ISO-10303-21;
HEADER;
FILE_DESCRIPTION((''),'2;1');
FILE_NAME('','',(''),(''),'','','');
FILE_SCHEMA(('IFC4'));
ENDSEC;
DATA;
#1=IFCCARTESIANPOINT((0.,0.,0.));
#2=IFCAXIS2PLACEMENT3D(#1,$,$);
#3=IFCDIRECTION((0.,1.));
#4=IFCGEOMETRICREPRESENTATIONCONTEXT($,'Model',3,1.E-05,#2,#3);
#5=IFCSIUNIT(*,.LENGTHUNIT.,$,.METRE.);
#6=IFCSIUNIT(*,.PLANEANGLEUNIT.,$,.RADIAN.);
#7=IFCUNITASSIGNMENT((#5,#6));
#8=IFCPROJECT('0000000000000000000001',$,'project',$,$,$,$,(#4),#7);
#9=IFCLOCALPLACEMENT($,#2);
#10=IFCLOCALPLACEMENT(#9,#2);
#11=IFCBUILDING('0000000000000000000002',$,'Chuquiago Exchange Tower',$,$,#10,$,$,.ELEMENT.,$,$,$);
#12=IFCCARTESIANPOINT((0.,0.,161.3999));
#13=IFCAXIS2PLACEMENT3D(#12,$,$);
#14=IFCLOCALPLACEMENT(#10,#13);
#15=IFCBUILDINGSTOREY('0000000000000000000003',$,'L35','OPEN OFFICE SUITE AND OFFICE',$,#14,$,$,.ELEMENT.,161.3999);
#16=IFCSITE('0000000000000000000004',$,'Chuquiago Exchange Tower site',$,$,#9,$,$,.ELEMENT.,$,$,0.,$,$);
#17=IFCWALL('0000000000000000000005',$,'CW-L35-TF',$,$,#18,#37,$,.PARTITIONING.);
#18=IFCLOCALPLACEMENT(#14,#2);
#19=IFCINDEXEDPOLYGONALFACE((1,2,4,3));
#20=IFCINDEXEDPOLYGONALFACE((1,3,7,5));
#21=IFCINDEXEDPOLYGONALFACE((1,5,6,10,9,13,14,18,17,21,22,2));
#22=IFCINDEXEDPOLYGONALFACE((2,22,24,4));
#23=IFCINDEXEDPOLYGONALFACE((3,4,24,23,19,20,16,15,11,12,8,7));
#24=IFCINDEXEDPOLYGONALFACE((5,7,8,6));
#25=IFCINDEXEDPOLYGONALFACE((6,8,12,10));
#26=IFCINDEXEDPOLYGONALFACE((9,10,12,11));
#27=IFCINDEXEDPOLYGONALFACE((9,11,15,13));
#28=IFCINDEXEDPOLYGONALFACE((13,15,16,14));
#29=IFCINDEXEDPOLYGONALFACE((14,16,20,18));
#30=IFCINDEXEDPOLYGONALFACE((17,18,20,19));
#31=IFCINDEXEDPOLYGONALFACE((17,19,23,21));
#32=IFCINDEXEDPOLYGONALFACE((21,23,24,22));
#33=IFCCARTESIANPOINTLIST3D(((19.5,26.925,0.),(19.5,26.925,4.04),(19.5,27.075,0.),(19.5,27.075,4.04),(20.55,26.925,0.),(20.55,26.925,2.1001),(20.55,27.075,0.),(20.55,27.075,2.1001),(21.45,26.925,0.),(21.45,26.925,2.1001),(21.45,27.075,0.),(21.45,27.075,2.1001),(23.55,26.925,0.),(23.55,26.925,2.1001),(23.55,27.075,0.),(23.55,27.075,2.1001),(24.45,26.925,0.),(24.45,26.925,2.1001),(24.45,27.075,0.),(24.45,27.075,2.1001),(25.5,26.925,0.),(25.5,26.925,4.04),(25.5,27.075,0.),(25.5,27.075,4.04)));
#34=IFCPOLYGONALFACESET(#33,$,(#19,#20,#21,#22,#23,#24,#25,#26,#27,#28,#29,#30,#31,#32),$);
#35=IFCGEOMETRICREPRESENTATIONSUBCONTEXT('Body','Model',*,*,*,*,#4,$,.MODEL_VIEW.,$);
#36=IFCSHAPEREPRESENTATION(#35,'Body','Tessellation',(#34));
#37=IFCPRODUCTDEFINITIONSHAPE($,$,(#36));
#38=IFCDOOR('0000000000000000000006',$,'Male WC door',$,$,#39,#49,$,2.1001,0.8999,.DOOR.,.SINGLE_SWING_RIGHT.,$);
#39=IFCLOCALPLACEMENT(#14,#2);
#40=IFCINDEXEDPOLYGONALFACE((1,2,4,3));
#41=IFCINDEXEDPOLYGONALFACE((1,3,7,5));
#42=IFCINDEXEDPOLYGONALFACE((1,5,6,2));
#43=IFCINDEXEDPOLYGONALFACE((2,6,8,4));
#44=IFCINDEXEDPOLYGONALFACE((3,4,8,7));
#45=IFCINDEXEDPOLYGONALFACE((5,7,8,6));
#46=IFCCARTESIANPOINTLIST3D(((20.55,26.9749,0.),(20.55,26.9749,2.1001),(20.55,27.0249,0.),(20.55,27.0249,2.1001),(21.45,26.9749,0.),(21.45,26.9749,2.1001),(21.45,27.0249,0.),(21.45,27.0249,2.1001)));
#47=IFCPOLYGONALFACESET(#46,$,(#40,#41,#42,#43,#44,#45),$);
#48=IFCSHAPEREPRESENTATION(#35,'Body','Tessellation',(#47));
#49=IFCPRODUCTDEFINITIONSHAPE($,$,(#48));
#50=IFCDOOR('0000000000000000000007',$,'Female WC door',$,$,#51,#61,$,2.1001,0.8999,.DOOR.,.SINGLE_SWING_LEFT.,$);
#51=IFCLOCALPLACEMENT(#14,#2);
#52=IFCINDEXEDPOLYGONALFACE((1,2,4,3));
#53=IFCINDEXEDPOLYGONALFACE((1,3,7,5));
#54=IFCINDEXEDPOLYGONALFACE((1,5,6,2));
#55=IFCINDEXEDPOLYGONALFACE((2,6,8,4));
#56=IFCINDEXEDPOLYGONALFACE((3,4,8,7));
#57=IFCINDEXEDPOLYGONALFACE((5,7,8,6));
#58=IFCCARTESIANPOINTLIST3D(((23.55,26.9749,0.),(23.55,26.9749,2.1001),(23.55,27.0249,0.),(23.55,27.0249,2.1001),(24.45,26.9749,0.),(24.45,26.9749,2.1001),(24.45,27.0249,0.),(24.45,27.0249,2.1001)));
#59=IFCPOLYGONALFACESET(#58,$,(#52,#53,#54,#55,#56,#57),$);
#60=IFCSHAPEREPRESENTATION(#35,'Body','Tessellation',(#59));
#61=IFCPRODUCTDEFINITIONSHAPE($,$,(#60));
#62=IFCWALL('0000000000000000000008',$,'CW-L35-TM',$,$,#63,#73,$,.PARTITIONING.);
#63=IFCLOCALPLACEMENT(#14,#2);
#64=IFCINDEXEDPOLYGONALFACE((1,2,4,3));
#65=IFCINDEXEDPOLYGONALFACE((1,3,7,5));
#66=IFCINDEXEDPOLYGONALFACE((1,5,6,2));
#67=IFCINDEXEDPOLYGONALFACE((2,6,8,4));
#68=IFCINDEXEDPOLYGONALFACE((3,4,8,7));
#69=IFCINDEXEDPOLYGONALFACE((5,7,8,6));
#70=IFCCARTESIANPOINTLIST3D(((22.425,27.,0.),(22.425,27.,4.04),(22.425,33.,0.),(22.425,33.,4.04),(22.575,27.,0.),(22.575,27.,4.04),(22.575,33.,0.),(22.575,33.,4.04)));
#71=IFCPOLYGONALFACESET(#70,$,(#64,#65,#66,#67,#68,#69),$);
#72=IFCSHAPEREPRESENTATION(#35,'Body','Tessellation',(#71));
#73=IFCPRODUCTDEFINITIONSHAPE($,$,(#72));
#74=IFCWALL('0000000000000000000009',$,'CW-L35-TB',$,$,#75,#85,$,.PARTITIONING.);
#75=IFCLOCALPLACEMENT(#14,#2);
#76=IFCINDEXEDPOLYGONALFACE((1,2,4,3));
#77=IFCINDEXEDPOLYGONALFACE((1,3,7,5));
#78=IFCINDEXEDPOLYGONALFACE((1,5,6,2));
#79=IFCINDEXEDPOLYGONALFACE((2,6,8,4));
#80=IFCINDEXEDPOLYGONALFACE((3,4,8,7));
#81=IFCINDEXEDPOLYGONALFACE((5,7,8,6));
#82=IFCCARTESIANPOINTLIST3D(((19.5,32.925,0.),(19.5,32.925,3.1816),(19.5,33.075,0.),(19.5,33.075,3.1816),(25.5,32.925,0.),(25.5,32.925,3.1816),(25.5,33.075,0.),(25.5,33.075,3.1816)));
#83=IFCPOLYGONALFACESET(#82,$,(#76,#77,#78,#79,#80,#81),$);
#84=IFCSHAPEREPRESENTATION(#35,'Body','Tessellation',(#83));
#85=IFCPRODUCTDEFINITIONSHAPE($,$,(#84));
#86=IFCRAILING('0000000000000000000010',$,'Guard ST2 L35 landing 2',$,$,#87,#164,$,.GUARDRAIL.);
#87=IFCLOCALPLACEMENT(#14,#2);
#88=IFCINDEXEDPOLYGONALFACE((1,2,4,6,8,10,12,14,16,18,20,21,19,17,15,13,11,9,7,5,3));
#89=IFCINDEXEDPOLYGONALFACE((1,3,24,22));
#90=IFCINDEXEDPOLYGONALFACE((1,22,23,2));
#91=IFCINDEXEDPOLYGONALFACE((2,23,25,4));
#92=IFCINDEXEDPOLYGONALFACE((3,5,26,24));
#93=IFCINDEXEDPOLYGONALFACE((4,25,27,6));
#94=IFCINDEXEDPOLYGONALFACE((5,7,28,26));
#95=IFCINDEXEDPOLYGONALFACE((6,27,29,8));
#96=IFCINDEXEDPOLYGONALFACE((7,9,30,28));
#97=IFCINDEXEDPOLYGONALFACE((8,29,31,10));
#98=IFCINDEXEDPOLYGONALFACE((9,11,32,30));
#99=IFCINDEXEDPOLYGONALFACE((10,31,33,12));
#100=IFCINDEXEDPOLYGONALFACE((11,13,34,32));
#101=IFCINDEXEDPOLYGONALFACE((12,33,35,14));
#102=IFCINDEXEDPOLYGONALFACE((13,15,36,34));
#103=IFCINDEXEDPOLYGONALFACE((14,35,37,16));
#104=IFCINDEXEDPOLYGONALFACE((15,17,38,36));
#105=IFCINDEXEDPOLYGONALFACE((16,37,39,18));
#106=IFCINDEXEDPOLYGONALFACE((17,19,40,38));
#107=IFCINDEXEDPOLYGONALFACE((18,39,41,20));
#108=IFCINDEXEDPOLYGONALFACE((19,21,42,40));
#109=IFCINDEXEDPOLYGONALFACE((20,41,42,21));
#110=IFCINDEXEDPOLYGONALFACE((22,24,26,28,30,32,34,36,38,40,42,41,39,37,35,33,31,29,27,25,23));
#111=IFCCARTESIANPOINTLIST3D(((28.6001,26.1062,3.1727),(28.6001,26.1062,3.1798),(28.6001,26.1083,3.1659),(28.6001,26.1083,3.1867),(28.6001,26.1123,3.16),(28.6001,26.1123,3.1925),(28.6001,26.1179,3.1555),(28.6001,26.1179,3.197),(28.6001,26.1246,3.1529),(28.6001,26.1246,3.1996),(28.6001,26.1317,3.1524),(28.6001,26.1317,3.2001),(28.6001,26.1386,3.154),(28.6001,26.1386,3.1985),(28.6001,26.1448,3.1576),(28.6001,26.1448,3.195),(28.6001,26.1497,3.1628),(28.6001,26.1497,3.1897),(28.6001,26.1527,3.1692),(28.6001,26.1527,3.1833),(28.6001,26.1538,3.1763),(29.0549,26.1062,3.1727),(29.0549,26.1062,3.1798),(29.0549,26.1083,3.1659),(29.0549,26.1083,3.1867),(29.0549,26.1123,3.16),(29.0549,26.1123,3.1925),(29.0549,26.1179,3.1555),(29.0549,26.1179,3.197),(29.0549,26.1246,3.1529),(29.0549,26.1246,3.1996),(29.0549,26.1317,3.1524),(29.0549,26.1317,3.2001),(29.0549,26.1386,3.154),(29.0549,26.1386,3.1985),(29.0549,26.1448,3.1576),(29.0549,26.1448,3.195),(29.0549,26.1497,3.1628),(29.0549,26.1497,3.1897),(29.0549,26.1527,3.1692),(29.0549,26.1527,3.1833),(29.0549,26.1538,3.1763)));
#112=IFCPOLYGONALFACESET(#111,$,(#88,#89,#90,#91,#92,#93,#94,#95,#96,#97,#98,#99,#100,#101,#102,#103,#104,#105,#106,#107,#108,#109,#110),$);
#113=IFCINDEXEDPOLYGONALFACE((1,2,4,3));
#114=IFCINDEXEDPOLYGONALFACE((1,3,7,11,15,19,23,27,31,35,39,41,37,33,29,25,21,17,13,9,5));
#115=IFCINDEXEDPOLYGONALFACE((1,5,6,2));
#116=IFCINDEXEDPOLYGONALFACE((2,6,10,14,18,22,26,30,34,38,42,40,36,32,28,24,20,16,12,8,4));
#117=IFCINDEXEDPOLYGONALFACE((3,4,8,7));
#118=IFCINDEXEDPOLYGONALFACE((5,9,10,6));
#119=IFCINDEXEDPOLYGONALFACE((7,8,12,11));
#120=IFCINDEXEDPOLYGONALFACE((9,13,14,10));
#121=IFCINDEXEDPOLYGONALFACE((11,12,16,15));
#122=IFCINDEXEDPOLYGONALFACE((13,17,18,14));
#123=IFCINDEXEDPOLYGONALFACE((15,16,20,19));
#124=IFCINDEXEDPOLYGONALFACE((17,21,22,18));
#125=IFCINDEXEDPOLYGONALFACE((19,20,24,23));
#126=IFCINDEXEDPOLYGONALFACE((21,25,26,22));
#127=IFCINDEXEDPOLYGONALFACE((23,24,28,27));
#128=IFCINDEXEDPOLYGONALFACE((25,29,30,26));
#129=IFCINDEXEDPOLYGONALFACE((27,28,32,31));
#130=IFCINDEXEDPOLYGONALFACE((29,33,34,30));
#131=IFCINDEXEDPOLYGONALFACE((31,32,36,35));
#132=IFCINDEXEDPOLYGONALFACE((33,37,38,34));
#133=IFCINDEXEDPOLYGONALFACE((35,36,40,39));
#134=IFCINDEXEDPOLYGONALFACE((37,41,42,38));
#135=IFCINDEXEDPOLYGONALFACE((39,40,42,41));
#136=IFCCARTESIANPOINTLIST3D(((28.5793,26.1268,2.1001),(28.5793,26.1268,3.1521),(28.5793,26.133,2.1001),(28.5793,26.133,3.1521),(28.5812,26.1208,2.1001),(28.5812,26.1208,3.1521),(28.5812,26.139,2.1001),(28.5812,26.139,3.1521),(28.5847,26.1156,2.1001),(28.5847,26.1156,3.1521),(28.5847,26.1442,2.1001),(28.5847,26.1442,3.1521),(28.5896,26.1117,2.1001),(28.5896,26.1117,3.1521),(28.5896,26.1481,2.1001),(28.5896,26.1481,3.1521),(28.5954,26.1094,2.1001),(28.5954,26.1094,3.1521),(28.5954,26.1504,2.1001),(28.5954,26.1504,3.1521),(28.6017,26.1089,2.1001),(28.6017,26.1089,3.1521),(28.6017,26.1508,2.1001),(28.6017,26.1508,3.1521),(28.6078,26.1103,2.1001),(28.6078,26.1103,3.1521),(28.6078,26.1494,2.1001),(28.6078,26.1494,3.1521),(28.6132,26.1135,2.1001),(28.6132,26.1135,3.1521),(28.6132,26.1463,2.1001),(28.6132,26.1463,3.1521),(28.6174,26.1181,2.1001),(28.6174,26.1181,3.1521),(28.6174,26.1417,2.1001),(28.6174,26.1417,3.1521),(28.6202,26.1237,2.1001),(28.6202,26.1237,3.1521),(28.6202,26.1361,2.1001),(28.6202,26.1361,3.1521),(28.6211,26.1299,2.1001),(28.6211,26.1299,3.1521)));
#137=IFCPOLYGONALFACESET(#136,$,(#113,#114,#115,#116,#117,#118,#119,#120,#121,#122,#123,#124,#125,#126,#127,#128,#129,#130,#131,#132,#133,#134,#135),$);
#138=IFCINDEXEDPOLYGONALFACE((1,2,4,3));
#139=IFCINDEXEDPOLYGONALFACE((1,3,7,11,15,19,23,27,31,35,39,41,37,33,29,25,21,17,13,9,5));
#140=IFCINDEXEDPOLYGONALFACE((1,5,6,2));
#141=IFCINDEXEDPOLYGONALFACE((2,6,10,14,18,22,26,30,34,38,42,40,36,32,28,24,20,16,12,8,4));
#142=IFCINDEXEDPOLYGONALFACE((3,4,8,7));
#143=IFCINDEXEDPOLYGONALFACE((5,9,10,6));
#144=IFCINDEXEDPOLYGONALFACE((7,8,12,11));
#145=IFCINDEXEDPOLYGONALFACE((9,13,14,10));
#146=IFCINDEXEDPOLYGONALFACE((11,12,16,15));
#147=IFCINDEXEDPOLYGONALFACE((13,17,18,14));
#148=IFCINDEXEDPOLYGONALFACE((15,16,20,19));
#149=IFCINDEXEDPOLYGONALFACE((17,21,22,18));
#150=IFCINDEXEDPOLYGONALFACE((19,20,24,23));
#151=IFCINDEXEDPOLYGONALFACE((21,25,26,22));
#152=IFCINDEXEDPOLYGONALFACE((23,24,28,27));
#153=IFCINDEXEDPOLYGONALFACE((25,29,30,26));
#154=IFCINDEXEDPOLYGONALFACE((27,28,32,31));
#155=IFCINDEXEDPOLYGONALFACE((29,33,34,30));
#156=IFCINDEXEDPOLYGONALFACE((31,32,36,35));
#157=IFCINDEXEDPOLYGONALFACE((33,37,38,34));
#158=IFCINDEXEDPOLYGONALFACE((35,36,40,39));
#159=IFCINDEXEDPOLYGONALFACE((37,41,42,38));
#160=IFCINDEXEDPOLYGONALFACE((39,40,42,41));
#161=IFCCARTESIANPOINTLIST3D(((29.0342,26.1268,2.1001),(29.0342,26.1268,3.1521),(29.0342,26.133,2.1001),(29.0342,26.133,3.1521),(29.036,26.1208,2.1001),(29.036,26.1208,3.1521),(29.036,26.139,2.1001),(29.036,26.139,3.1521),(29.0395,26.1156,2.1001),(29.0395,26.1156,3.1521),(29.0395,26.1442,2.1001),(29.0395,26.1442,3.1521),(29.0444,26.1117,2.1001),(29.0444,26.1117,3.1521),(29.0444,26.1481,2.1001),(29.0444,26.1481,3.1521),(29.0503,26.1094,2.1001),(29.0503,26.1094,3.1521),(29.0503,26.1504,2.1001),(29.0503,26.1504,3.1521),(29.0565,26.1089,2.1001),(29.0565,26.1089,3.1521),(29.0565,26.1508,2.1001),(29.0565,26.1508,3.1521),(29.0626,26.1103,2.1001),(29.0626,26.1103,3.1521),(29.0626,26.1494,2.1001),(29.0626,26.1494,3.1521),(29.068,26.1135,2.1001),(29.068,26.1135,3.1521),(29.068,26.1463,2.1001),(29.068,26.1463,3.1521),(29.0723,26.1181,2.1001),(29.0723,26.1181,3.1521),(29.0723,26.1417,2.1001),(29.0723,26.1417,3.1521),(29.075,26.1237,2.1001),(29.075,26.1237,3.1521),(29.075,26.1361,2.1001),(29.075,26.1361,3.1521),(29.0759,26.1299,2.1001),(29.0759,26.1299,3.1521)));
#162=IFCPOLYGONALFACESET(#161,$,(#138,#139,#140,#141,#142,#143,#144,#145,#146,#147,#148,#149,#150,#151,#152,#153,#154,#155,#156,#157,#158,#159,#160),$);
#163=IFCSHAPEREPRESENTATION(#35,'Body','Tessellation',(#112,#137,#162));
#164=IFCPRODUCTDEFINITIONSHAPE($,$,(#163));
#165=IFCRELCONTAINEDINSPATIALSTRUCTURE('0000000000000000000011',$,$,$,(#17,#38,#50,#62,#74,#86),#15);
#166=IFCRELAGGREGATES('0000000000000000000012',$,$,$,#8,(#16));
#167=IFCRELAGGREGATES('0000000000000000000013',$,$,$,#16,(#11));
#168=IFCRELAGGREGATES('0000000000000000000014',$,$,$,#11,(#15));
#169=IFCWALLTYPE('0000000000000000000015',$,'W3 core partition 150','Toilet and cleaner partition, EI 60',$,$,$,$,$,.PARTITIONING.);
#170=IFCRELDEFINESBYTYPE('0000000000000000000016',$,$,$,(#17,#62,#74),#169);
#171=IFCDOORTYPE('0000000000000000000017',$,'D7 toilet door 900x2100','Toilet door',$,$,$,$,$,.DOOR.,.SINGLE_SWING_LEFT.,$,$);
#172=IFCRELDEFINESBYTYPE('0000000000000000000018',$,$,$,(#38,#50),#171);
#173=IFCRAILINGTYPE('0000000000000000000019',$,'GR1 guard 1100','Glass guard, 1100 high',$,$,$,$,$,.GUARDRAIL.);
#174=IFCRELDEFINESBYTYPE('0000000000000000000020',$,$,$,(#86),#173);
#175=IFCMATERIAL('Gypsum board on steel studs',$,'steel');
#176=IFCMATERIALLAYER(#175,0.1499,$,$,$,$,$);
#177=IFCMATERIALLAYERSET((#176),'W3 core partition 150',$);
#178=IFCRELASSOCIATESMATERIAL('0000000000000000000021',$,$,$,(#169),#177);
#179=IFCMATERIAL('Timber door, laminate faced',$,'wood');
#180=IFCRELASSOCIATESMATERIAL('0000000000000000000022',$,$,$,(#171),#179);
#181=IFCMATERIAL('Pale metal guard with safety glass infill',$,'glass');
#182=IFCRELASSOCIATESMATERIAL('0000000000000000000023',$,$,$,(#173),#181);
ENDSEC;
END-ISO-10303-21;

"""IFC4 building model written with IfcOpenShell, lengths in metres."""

from ifc_helpers import new_model, si_unit, direction, frame, frame_2d, origin, origin_2d, place, context, subcontext, project, spatial, rectangle, circle, extrude, material, layer, layer_set, type_object, element, fill, save


model = new_model("IFC4")

# Units and contexts
model_context = context("Model", 3, precision=1e-05, world=origin(), true_north=direction((0.0, 1.0)))
body_context = subcontext(model_context, "Body", "Model", "MODEL_VIEW")
ifc_project = project(units=[si_unit("LENGTHUNIT", "METRE"), si_unit("PLANEANGLEUNIT", "RADIAN")], contexts=[model_context])

# Site, building, storey
site_placement = place(None, origin())
site = spatial("IfcSite", under=ifc_project, at=site_placement, Name="Chuquiago Exchange Tower site", CompositionType="ELEMENT", RefElevation=0.0)
building_placement = place(site_placement, origin())
building = spatial("IfcBuilding", under=site, at=building_placement, Name="Chuquiago Exchange Tower", CompositionType="ELEMENT")
storey_placement = place(building_placement, frame((0.0, 0.0, 161.3999)))
storey = spatial("IfcBuildingStorey", under=building, at=storey_placement, Name="L35", Description="OPEN OFFICE SUITE AND OFFICE", CompositionType="ELEMENT", Elevation=161.3999)

# Wall, openings, doors
ifc_material_1 = material(Name="Gypsum board on steel studs", Category="steel")
ifc_layer_1 = layer(ifc_material_1, 0.1499)
ifc_layer_set_1 = layer_set([ifc_layer_1], Name="W3 core partition 150")
wall_type_1 = type_object("IfcWallType", Name="W3 core partition 150", Description="Toilet and cleaner partition, EI 60", PredefinedType="PARTITIONING", material=ifc_layer_set_1)
wall_1_placement = place(storey_placement, frame((19.5, 27.0, 0.0), z_axis=(0.0, 0.0, 1.0), x_axis=(1.0, 0.0, 0.0)))
wall_1 = element("IfcWall", 1, at=wall_1_placement, inside=storey, type_object=wall_type_1, Name="CW-L35-TF", PredefinedType="PARTITIONING", context=body_context, shape_type="SweptSolid", body=[
    extrude(rectangle(XDim=6.0, YDim=0.1499, at=frame_2d((3.0, 0.0))), origin(), (0.0, 0.0, 1.0), 4.04),
])
opening_1_placement = place(wall_1_placement, frame((1.05, 0.0, 0.0)))
opening_1 = element("IfcOpeningElement", 2, at=opening_1_placement, cuts=wall_1, PredefinedType="OPENING", context=body_context, shape_type="SweptSolid", body=[
    extrude(rectangle(XDim=0.8999, YDim=2.1001, at=frame_2d((0.45, 1.05))), frame((0.0, 0.085, 0.0), z_axis=(0.0, -1.0, 0.0), x_axis=(1.0, 0.0, 0.0)), (0.0, 0.0, 1.0), 0.1699),
])
opening_2_placement = place(wall_1_placement, frame((4.05, 0.0, 0.0)))
opening_2 = element("IfcOpeningElement", 3, at=opening_2_placement, cuts=wall_1, PredefinedType="OPENING", context=body_context, shape_type="SweptSolid", body=[
    extrude(rectangle(XDim=0.8999, YDim=2.1001, at=frame_2d((0.45, 1.05))), frame((0.0, 0.085, 0.0), z_axis=(0.0, -1.0, 0.0), x_axis=(1.0, 0.0, 0.0)), (0.0, 0.0, 1.0), 0.1699),
])
ifc_material_2 = material(Name="Timber door, laminate faced", Category="wood")
door_type_1 = type_object("IfcDoorType", Name="D7 toilet door 900x2100", Description="Toilet door", OperationType="SINGLE_SWING_LEFT", PredefinedType="DOOR", material=ifc_material_2)
door_1_placement = place(opening_1_placement, origin())
door_1 = element("IfcDoor", 4, at=door_1_placement, inside=storey, type_object=door_type_1, Name="Male WC door", OperationType="SINGLE_SWING_RIGHT", OverallHeight=2.1001, OverallWidth=0.8999, PredefinedType="DOOR", context=body_context, shape_type="SweptSolid", body=[
    extrude(rectangle(XDim=0.8999, YDim=2.1001, at=frame_2d((0.45, 1.05))), frame((0.0, 0.0249, 0.0), z_axis=(0.0, -1.0, 0.0), x_axis=(1.0, 0.0, 0.0)), (0.0, 0.0, 1.0), 0.05),
])
fill(opening_1, door_1)
door_2_placement = place(opening_2_placement, origin())
door_2 = element("IfcDoor", 5, at=door_2_placement, inside=storey, type_object=door_type_1, Name="Female WC door", OperationType="SINGLE_SWING_LEFT", OverallHeight=2.1001, OverallWidth=0.8999, PredefinedType="DOOR", context=body_context, shape_type="SweptSolid", body=[
    extrude(rectangle(XDim=0.8999, YDim=2.1001, at=frame_2d((0.45, 1.05))), frame((0.0, 0.0249, 0.0), z_axis=(0.0, -1.0, 0.0), x_axis=(1.0, 0.0, 0.0)), (0.0, 0.0, 1.0), 0.05),
])
fill(opening_2, door_2)

# Walls
wall_2_placement = place(storey_placement, frame((22.5, 27.0, 0.0), z_axis=(0.0, 0.0, 1.0), x_axis=(0.0, 1.0, 0.0)))
element("IfcWall", 6, at=wall_2_placement, inside=storey, type_object=wall_type_1, Name="CW-L35-TM", PredefinedType="PARTITIONING", context=body_context, shape_type="SweptSolid", body=[
    extrude(rectangle(XDim=6.0, YDim=0.1499, at=frame_2d((3.0, 0.0))), origin(), (0.0, 0.0, 1.0), 4.04),
])
wall_3_placement = place(storey_placement, frame((19.5, 33.0, 0.0), z_axis=(0.0, 0.0, 1.0), x_axis=(1.0, 0.0, 0.0)))
element("IfcWall", 7, at=wall_3_placement, inside=storey, type_object=wall_type_1, Name="CW-L35-TB", PredefinedType="PARTITIONING", context=body_context, shape_type="SweptSolid", body=[
    extrude(rectangle(XDim=6.0, YDim=0.1499, at=frame_2d((3.0, 0.0))), origin(), (0.0, 0.0, 1.0), 3.1816),
])

# Railing
ifc_material_3 = material(Name="Pale metal guard with safety glass infill", Category="glass")
railing_type_1 = type_object("IfcRailingType", Name="GR1 guard 1100", Description="Glass guard, 1100 high", PredefinedType="GUARDRAIL", material=ifc_material_3)
railing_placement = place(storey_placement, frame((28.6001, 26.1299, 2.1001)))
element("IfcRailing", 8, at=railing_placement, inside=storey, type_object=railing_type_1, Name="Guard ST2 L35 landing 2", PredefinedType="GUARDRAIL", context=body_context, shape_type="SweptSolid", body=[
    extrude(circle(Radius=0.0239, at=origin_2d()), frame((0.0, 0.0, 1.0762), z_axis=(1.0, 0.0, 0.0), x_axis=(0.0, 1.0, 0.0)), (0.0, 0.0, 1.0), 0.4548),
    extrude(circle(Radius=0.021, at=origin_2d()), origin(), (0.0, 0.0, 1.0), 1.052),
    extrude(circle(Radius=0.021, at=origin_2d()), frame((0.4548, 0.0, 0.0)), (0.0, 0.0, 1.0), 1.052),
])

save(model, "model.ifc")
